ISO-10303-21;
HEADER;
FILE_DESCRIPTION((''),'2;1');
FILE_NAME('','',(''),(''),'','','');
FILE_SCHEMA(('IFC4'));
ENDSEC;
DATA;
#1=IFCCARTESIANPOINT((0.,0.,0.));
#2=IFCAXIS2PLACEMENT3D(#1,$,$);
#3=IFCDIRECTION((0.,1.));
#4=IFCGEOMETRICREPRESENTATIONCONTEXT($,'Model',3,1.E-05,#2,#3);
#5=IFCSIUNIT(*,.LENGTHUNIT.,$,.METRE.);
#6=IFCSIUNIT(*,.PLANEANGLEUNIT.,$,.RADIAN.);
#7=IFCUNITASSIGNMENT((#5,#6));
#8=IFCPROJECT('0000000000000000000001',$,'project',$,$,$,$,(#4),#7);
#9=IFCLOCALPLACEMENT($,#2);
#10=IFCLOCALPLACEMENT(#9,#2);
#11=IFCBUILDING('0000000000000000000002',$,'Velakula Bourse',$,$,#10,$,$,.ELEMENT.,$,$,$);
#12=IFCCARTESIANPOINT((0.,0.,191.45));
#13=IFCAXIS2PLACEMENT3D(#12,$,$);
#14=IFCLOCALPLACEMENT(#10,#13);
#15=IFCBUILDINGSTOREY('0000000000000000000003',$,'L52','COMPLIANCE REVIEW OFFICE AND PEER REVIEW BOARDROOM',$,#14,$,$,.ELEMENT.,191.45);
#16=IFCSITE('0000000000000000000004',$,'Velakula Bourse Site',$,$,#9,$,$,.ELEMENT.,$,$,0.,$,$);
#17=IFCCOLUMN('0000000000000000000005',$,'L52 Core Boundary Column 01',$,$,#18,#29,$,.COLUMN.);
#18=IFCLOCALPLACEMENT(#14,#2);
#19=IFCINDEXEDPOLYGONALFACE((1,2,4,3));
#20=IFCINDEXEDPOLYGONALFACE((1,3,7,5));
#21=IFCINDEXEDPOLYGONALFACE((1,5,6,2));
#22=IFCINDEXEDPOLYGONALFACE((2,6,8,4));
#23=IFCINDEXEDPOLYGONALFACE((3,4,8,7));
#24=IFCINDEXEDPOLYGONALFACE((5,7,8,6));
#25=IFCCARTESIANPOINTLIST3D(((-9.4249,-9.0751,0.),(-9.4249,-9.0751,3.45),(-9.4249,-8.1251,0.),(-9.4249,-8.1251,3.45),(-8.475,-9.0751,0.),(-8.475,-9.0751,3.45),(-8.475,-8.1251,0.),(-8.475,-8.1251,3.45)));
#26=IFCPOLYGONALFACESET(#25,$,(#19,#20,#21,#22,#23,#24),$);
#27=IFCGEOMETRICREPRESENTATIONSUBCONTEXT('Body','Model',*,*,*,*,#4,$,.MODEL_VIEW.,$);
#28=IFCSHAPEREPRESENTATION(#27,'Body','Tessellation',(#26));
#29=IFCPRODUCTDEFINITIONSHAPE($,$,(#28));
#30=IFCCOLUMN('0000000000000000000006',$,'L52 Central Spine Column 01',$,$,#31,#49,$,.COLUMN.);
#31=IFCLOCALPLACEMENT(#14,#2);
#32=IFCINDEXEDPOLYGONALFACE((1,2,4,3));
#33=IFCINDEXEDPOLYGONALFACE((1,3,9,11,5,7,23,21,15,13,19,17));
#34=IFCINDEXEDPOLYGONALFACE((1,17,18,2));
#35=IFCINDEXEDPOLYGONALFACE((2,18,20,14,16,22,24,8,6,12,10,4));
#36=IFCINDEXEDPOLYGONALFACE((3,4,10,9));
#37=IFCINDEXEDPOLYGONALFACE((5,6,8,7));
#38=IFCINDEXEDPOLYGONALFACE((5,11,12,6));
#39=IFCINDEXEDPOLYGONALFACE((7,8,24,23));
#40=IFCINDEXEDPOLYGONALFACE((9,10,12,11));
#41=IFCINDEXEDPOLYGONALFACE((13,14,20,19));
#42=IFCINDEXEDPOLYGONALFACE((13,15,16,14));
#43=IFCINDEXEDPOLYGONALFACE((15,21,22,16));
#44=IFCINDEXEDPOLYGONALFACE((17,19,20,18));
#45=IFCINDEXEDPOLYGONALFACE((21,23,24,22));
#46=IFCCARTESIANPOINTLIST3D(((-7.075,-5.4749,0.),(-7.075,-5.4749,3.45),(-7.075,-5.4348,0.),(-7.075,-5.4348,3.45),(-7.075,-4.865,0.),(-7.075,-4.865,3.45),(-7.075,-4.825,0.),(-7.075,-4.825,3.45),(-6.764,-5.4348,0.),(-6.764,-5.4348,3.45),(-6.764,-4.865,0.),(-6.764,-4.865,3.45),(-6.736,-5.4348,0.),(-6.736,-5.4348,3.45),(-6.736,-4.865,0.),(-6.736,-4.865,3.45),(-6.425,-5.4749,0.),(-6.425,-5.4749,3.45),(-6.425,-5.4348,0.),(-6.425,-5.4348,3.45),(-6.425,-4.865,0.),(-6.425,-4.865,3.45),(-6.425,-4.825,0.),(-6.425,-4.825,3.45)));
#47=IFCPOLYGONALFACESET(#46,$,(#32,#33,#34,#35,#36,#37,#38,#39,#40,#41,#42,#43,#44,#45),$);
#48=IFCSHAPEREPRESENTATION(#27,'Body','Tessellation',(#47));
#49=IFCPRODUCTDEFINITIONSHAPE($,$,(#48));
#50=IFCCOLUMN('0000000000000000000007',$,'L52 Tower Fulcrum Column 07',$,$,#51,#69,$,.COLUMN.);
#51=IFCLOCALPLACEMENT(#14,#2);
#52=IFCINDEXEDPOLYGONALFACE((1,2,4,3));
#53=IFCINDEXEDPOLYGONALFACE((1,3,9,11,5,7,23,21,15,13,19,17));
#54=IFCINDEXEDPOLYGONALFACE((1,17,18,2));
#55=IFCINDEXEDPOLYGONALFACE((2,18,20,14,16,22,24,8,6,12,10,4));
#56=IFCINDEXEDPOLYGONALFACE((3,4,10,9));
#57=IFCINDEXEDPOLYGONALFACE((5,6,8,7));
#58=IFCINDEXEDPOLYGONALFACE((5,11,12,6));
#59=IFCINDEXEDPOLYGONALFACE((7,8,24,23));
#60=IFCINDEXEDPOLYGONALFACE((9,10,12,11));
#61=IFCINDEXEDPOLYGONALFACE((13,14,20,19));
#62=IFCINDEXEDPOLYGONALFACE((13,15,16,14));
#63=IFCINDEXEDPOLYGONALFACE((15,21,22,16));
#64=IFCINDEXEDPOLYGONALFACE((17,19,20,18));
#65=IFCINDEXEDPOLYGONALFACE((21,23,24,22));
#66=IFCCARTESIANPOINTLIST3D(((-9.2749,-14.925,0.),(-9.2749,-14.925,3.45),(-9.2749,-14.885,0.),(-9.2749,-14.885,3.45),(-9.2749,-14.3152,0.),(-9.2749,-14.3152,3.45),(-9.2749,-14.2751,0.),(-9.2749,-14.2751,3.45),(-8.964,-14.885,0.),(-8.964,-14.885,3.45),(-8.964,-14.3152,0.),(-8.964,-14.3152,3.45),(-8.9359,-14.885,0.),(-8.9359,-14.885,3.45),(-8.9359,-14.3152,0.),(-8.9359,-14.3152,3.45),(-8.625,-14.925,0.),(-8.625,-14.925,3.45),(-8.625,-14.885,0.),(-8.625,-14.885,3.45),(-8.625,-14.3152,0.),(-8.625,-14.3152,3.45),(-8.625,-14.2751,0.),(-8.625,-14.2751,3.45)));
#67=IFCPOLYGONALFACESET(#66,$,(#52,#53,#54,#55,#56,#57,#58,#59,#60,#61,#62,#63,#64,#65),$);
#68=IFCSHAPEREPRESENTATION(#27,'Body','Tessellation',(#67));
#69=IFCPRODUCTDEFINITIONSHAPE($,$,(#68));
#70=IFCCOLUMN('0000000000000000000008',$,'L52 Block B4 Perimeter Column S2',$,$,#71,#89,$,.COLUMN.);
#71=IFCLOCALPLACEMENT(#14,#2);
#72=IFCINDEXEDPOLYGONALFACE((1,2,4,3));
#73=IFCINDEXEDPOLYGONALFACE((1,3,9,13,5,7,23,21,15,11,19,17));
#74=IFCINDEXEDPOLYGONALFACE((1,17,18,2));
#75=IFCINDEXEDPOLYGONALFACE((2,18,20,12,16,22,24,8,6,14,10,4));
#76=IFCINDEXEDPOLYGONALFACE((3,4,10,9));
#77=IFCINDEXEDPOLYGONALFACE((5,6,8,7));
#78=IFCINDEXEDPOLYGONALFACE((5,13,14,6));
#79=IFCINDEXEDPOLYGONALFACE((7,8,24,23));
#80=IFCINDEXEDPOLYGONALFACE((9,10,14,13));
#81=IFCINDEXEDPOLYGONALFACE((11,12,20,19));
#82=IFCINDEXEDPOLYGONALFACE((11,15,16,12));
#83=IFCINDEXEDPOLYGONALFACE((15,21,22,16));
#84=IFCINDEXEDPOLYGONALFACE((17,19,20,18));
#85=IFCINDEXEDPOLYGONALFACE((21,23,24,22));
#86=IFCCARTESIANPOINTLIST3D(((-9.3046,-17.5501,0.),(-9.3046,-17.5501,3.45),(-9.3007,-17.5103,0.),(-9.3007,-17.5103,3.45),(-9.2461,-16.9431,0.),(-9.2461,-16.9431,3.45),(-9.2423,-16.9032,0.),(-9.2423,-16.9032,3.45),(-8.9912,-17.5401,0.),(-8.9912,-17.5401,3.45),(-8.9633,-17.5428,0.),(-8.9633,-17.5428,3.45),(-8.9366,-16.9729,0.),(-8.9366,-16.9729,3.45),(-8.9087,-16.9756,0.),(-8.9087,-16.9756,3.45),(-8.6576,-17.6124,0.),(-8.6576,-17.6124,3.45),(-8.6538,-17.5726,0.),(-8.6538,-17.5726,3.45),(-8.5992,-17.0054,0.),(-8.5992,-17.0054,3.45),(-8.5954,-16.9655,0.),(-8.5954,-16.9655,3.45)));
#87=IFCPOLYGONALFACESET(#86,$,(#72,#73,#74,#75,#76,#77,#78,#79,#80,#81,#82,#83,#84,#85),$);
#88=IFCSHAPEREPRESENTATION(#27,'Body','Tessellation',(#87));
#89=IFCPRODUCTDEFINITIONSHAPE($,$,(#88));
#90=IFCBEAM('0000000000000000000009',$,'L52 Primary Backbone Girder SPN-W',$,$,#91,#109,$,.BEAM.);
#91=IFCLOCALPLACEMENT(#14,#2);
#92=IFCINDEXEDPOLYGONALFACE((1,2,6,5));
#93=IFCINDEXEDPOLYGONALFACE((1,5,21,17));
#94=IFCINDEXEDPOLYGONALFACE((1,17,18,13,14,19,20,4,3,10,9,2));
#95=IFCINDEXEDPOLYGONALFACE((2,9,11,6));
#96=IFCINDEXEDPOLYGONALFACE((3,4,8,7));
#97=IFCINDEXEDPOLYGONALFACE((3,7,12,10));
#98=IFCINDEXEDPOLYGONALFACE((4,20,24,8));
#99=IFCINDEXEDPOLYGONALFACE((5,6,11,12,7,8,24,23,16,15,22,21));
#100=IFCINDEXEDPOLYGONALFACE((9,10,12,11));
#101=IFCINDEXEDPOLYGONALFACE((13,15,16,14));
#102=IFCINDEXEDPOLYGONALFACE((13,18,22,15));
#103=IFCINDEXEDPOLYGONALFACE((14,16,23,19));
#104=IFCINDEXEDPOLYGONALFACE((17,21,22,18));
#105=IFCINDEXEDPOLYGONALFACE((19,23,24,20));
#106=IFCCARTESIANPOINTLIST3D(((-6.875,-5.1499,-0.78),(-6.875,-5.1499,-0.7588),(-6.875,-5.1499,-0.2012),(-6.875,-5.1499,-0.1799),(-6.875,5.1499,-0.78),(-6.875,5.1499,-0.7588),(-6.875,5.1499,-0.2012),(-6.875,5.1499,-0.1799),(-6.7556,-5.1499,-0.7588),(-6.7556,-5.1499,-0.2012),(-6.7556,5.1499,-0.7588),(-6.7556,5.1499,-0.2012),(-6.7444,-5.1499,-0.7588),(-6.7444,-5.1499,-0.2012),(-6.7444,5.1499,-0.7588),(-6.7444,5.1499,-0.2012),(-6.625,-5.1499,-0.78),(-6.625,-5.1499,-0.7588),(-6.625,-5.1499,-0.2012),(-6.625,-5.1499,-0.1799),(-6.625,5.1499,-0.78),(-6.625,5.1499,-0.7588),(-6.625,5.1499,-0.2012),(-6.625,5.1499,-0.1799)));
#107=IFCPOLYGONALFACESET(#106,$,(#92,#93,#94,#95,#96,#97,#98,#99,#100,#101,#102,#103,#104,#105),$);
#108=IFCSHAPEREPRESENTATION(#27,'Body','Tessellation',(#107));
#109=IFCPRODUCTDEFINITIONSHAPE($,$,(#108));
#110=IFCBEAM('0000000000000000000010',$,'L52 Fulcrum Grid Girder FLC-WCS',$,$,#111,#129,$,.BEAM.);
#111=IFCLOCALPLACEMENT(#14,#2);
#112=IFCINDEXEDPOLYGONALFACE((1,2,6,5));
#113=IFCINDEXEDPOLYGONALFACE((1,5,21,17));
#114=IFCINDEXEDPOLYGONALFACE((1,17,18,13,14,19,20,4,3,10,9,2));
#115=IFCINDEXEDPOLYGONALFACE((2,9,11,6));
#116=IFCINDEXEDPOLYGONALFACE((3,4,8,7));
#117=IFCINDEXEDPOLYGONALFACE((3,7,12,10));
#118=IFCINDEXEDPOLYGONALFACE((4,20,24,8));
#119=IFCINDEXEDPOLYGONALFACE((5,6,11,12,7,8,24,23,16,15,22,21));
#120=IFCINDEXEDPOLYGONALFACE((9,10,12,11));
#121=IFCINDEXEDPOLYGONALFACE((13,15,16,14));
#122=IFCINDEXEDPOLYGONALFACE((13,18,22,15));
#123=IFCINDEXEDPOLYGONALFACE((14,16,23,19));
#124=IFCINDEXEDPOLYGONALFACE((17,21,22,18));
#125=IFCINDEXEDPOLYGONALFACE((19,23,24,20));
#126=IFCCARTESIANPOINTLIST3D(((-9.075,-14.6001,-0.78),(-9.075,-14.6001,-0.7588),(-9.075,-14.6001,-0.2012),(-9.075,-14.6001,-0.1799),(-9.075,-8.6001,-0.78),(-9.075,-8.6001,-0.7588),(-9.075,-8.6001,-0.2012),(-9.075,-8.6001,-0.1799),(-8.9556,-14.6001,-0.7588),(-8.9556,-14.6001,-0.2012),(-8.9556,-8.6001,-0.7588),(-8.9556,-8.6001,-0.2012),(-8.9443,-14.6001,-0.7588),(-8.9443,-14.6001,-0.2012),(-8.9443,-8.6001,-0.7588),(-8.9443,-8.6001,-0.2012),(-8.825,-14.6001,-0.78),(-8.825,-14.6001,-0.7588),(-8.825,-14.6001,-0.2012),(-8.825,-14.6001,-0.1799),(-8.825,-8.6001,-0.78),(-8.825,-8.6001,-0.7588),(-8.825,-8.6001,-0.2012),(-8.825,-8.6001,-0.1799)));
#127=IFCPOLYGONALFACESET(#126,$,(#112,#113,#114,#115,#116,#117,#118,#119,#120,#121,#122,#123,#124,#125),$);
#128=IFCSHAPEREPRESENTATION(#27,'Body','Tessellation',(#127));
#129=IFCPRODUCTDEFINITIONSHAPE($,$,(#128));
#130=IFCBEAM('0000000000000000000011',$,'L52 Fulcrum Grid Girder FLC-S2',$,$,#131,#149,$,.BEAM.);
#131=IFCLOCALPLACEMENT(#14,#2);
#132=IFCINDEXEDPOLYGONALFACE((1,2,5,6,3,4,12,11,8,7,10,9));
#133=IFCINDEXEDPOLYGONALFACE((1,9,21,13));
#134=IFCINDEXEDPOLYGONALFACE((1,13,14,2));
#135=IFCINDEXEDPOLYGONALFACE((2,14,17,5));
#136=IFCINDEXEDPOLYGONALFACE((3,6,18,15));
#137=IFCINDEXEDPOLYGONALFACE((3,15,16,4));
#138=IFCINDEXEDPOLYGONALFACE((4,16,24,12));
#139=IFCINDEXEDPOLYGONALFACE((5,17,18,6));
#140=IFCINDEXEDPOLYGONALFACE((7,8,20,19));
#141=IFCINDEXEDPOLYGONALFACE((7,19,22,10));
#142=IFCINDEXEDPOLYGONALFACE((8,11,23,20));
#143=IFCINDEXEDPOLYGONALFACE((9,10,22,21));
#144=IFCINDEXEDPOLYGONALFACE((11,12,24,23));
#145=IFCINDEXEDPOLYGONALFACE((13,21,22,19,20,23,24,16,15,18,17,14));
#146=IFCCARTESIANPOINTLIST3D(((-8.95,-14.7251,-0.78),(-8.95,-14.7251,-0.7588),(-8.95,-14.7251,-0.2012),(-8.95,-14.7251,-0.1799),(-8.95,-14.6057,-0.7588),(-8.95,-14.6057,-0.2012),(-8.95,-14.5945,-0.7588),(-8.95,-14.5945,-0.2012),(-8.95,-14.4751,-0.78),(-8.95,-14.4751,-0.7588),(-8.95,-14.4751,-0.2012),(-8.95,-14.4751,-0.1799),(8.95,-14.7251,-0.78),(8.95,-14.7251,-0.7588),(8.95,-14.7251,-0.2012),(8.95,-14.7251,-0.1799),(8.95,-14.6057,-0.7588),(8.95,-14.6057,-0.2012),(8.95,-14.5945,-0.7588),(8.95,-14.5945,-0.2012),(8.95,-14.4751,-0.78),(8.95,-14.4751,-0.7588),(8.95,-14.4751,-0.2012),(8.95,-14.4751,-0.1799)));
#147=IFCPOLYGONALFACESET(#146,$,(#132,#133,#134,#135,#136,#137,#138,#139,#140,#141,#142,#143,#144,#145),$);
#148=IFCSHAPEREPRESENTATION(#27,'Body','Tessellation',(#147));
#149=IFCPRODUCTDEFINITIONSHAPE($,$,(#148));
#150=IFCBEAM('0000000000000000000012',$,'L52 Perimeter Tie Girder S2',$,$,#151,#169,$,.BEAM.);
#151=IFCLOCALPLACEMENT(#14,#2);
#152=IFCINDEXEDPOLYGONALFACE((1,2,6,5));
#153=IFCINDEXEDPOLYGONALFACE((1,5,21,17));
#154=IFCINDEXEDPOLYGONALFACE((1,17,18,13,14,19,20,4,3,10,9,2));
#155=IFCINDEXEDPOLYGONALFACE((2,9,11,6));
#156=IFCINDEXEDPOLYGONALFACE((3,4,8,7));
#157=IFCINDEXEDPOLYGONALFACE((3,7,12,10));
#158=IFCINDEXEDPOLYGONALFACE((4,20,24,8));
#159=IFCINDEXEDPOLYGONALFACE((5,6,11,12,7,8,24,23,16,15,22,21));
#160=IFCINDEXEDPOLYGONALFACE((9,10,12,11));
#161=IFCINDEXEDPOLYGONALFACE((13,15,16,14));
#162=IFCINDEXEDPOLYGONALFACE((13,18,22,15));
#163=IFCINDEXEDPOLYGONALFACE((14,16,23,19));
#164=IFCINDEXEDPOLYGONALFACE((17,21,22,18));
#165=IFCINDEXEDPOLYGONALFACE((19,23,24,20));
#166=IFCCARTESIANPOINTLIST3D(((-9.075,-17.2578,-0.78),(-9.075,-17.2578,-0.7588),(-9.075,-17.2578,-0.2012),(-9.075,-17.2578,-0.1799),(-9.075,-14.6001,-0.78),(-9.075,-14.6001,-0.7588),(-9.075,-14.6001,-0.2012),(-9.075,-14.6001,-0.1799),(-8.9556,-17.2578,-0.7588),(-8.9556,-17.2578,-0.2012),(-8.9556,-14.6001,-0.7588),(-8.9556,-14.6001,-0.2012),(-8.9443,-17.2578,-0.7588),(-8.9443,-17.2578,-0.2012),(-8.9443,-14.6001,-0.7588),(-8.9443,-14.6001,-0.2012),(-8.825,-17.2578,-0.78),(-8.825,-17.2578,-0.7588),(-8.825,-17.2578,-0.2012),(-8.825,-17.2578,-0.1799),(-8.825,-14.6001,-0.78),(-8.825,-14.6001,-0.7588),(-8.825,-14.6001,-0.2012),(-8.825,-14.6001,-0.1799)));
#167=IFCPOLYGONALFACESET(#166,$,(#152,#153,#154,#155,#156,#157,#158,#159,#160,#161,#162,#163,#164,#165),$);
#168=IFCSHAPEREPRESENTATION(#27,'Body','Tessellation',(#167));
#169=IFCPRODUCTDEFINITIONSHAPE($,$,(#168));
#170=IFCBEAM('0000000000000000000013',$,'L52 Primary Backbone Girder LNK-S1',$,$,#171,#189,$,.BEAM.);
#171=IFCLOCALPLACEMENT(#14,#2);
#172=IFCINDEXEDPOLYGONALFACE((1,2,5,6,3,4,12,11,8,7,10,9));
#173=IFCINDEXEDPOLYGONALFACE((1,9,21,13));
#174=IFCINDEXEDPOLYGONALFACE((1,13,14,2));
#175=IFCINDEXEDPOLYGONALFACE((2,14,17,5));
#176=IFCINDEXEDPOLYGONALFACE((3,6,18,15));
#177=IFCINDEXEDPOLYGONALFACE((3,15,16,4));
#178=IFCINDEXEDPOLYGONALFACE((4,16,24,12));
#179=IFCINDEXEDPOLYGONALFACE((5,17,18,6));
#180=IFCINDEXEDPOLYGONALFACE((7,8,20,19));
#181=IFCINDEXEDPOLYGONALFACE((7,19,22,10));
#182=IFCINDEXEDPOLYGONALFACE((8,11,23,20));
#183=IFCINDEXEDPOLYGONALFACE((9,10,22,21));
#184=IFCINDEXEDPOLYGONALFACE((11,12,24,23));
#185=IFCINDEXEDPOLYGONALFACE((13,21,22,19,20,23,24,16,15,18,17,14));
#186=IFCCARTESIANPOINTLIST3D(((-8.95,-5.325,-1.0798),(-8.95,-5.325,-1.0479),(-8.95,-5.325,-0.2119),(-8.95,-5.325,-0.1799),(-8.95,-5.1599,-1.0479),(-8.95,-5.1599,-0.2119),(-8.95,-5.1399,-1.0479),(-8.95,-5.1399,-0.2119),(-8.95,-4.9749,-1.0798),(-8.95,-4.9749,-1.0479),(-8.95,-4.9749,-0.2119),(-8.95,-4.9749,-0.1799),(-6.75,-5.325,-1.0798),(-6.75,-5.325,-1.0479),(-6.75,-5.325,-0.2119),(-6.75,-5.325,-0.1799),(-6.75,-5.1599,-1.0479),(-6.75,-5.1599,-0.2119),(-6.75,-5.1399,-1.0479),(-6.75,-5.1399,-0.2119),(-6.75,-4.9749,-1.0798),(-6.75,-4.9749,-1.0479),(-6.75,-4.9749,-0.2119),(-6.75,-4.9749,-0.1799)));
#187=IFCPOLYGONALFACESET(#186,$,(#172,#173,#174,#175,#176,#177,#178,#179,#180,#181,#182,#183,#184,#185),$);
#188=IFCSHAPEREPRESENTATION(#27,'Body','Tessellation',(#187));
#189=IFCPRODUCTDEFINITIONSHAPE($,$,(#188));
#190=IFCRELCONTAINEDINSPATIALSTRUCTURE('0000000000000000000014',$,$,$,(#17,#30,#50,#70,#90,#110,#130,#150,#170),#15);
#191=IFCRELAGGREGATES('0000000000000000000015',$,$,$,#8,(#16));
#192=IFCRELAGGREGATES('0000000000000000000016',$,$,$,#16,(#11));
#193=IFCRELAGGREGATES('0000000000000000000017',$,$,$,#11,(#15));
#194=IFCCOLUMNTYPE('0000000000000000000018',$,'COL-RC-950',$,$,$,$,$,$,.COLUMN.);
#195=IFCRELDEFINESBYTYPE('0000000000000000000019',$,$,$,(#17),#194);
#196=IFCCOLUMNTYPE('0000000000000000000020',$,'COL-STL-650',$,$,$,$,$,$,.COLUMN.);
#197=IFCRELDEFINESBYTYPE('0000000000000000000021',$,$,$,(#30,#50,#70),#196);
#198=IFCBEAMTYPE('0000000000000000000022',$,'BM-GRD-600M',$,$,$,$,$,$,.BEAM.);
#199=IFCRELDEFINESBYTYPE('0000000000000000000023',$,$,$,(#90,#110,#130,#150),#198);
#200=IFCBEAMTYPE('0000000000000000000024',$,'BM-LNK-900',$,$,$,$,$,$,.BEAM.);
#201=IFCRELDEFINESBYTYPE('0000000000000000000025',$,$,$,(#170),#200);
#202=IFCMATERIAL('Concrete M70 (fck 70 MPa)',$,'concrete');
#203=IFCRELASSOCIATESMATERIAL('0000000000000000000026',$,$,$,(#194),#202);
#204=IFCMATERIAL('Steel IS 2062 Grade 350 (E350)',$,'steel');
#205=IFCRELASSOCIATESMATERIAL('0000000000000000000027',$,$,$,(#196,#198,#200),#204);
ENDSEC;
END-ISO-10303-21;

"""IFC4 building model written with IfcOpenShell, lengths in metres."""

from ifc_helpers import new_model, si_unit, direction, frame, origin, origin_2d, place, context, subcontext, project, spatial, rectangle, i_section, extrude, material, material_profile, profile_set, type_object, element, save


model = new_model("IFC4")

# Units and contexts
model_context = context("Model", 3, precision=1e-05, world=origin(), true_north=direction((0.0, 1.0)))
body_context = subcontext(model_context, "Body", "Model", "MODEL_VIEW")
ifc_project = project(units=[si_unit("LENGTHUNIT", "METRE"), si_unit("PLANEANGLEUNIT", "RADIAN")], contexts=[model_context])

# Site, building, storey
site_placement = place(None, origin())
site = spatial("IfcSite", under=ifc_project, at=site_placement, Name="Velakula Bourse Site", CompositionType="ELEMENT", RefElevation=0.0)
building_placement = place(site_placement, origin())
building = spatial("IfcBuilding", under=site, at=building_placement, Name="Velakula Bourse", CompositionType="ELEMENT")
storey_placement = place(building_placement, frame((0.0, 0.0, 191.45)))
storey = spatial("IfcBuildingStorey", under=building, at=storey_placement, Name="L52", Description="COMPLIANCE REVIEW OFFICE AND PEER REVIEW BOARDROOM", CompositionType="ELEMENT", Elevation=191.45)

# Columns
ifc_material_1 = material(Name="Concrete M70 (fck 70 MPa)", Category="concrete")
ifc_material_profile_1 = material_profile(ifc_material_1, rectangle(XDim=0.95, YDim=0.95, at=origin_2d()), Name="Concrete M70 (fck 70 MPa)")
ifc_profile_set_1 = profile_set([ifc_material_profile_1], Name="Concrete M70 (fck 70 MPa)")
column_type_1 = type_object("IfcColumnType", Name="COL-RC-950", PredefinedType="COLUMN", material=ifc_profile_set_1)
column_placement = place(storey_placement, frame((-8.95, -8.6001, 0.0), z_axis=(0.0, 0.0, 1.0), x_axis=(1.0, 0.0, 0.0)))
element("IfcColumn", 1, at=column_placement, inside=storey, type_object=column_type_1, Name="L52 Core Boundary Column 01", PredefinedType="COLUMN", context=body_context, shape_type="SweptSolid", body=[
    extrude(rectangle(XDim=0.95, YDim=0.95, at=origin_2d()), origin(), (0.0, 0.0, 1.0), 3.45),
])
ifc_material_2 = material(Name="Steel IS 2062 Grade 350 (E350)", Category="steel")
ifc_material_profile_2 = material_profile(ifc_material_2, i_section(OverallWidth=0.6499, OverallDepth=0.6499, WebThickness=0.0281, FlangeThickness=0.04, at=origin_2d()), Name="Steel IS 2062 Grade 350 (E350)")
ifc_profile_set_2 = profile_set([ifc_material_profile_2], Name="Steel IS 2062 Grade 350 (E350)")
column_type_2 = type_object("IfcColumnType", Name="COL-STL-650", PredefinedType="COLUMN", material=ifc_profile_set_2)
for number, where, z_axis, x_axis, name in (
    (2, (-6.75, -5.1499, 0.0), (0.0, 0.0, 1.0), (1.0, 0.0, 0.0), "L52 Central Spine Column 01"),
    (3, (-8.95, -14.6001, 0.0), (0.0, 0.0, 1.0), (1.0, 0.0, 0.0), "L52 Tower Fulcrum Column 07"),
    (4, (-8.95, -17.2578, 0.0), (0.0, 0.0, 1.0), (0.995396, -0.095846, 0.0), "L52 Block B4 Perimeter Column S2"),
):
    element("IfcColumn", number, at=place(storey_placement, frame(where, z_axis=z_axis, x_axis=x_axis)), inside=storey, type_object=column_type_2, Name=name, PredefinedType="COLUMN", context=body_context, shape_type="SweptSolid", body=[
        extrude(i_section(OverallWidth=0.6499, OverallDepth=0.6499, WebThickness=0.0281, FlangeThickness=0.04, at=origin_2d()), origin(), (0.0, 0.0, 1.0), 3.45),
    ])

# Beams
ifc_material_profile_3 = material_profile(ifc_material_2, i_section(OverallWidth=0.25, OverallDepth=0.6001, WebThickness=0.0112, FlangeThickness=0.0212, at=origin_2d()), Name="Steel IS 2062 Grade 350 (E350)")
ifc_profile_set_3 = profile_set([ifc_material_profile_3], Name="Steel IS 2062 Grade 350 (E350)")
beam_type_1 = type_object("IfcBeamType", Name="BM-GRD-600M", PredefinedType="BEAM", material=ifc_profile_set_3)
beam_1_placement = place(storey_placement, frame((-6.75, -5.1499, -0.48), z_axis=(0.0, 1.0, 0.0), x_axis=(-1.0, 0.0, 0.0)))
element("IfcBeam", 5, at=beam_1_placement, inside=storey, type_object=beam_type_1, Name="L52 Primary Backbone Girder SPN-W", PredefinedType="BEAM", context=body_context, shape_type="SweptSolid", body=[
    extrude(i_section(OverallWidth=0.25, OverallDepth=0.6001, WebThickness=0.0112, FlangeThickness=0.0212, at=origin_2d()), origin(), (0.0, 0.0, 1.0), 10.2998),
])
beam_2_placement = place(storey_placement, frame((-8.95, -14.6001, -0.48), z_axis=(0.0, 1.0, 0.0), x_axis=(-1.0, 0.0, 0.0)))
element("IfcBeam", 6, at=beam_2_placement, inside=storey, type_object=beam_type_1, Name="L52 Fulcrum Grid Girder FLC-WCS", PredefinedType="BEAM", context=body_context, shape_type="SweptSolid", body=[
    extrude(i_section(OverallWidth=0.25, OverallDepth=0.6001, WebThickness=0.0112, FlangeThickness=0.0212, at=origin_2d()), origin(), (0.0, 0.0, 1.0), 6.0),
])
beam_3_placement = place(storey_placement, frame((-8.95, -14.6001, -0.48), z_axis=(1.0, 0.0, 0.0), x_axis=(0.0, 1.0, 0.0)))
element("IfcBeam", 7, at=beam_3_placement, inside=storey, type_object=beam_type_1, Name="L52 Fulcrum Grid Girder FLC-S2", PredefinedType="BEAM", context=body_context, shape_type="SweptSolid", body=[
    extrude(i_section(OverallWidth=0.25, OverallDepth=0.6001, WebThickness=0.0112, FlangeThickness=0.0212, at=origin_2d()), origin(), (0.0, 0.0, 1.0), 17.8999),
])
beam_4_placement = place(storey_placement, frame((-8.95, -14.6001, -0.48), z_axis=(0.0, -1.0, 0.0), x_axis=(1.0, 0.0, 0.0)))
element("IfcBeam", 8, at=beam_4_placement, inside=storey, type_object=beam_type_1, Name="L52 Perimeter Tie Girder S2", PredefinedType="BEAM", context=body_context, shape_type="SweptSolid", body=[
    extrude(i_section(OverallWidth=0.25, OverallDepth=0.6001, WebThickness=0.0112, FlangeThickness=0.0212, at=origin_2d()), origin(), (0.0, 0.0, 1.0), 2.6577),
])
ifc_material_profile_4 = material_profile(ifc_material_2, i_section(OverallWidth=0.3501, OverallDepth=0.8999, WebThickness=0.02, FlangeThickness=0.032, at=origin_2d()), Name="Steel IS 2062 Grade 350 (E350)")
ifc_profile_set_4 = profile_set([ifc_material_profile_4], Name="Steel IS 2062 Grade 350 (E350)")
beam_type_2 = type_object("IfcBeamType", Name="BM-LNK-900", PredefinedType="BEAM", material=ifc_profile_set_4)
beam_5_placement = place(storey_placement, frame((-8.95, -5.1499, -0.6299), z_axis=(1.0, 0.0, 0.0), x_axis=(0.0, 1.0, 0.0)))
element("IfcBeam", 9, at=beam_5_placement, inside=storey, type_object=beam_type_2, Name="L52 Primary Backbone Girder LNK-S1", PredefinedType="BEAM", context=body_context, shape_type="SweptSolid", body=[
    extrude(i_section(OverallWidth=0.3501, OverallDepth=0.8999, WebThickness=0.02, FlangeThickness=0.032, at=origin_2d()), origin(), (0.0, 0.0, 1.0), 2.2),
])

save(model, "model.ifc")
